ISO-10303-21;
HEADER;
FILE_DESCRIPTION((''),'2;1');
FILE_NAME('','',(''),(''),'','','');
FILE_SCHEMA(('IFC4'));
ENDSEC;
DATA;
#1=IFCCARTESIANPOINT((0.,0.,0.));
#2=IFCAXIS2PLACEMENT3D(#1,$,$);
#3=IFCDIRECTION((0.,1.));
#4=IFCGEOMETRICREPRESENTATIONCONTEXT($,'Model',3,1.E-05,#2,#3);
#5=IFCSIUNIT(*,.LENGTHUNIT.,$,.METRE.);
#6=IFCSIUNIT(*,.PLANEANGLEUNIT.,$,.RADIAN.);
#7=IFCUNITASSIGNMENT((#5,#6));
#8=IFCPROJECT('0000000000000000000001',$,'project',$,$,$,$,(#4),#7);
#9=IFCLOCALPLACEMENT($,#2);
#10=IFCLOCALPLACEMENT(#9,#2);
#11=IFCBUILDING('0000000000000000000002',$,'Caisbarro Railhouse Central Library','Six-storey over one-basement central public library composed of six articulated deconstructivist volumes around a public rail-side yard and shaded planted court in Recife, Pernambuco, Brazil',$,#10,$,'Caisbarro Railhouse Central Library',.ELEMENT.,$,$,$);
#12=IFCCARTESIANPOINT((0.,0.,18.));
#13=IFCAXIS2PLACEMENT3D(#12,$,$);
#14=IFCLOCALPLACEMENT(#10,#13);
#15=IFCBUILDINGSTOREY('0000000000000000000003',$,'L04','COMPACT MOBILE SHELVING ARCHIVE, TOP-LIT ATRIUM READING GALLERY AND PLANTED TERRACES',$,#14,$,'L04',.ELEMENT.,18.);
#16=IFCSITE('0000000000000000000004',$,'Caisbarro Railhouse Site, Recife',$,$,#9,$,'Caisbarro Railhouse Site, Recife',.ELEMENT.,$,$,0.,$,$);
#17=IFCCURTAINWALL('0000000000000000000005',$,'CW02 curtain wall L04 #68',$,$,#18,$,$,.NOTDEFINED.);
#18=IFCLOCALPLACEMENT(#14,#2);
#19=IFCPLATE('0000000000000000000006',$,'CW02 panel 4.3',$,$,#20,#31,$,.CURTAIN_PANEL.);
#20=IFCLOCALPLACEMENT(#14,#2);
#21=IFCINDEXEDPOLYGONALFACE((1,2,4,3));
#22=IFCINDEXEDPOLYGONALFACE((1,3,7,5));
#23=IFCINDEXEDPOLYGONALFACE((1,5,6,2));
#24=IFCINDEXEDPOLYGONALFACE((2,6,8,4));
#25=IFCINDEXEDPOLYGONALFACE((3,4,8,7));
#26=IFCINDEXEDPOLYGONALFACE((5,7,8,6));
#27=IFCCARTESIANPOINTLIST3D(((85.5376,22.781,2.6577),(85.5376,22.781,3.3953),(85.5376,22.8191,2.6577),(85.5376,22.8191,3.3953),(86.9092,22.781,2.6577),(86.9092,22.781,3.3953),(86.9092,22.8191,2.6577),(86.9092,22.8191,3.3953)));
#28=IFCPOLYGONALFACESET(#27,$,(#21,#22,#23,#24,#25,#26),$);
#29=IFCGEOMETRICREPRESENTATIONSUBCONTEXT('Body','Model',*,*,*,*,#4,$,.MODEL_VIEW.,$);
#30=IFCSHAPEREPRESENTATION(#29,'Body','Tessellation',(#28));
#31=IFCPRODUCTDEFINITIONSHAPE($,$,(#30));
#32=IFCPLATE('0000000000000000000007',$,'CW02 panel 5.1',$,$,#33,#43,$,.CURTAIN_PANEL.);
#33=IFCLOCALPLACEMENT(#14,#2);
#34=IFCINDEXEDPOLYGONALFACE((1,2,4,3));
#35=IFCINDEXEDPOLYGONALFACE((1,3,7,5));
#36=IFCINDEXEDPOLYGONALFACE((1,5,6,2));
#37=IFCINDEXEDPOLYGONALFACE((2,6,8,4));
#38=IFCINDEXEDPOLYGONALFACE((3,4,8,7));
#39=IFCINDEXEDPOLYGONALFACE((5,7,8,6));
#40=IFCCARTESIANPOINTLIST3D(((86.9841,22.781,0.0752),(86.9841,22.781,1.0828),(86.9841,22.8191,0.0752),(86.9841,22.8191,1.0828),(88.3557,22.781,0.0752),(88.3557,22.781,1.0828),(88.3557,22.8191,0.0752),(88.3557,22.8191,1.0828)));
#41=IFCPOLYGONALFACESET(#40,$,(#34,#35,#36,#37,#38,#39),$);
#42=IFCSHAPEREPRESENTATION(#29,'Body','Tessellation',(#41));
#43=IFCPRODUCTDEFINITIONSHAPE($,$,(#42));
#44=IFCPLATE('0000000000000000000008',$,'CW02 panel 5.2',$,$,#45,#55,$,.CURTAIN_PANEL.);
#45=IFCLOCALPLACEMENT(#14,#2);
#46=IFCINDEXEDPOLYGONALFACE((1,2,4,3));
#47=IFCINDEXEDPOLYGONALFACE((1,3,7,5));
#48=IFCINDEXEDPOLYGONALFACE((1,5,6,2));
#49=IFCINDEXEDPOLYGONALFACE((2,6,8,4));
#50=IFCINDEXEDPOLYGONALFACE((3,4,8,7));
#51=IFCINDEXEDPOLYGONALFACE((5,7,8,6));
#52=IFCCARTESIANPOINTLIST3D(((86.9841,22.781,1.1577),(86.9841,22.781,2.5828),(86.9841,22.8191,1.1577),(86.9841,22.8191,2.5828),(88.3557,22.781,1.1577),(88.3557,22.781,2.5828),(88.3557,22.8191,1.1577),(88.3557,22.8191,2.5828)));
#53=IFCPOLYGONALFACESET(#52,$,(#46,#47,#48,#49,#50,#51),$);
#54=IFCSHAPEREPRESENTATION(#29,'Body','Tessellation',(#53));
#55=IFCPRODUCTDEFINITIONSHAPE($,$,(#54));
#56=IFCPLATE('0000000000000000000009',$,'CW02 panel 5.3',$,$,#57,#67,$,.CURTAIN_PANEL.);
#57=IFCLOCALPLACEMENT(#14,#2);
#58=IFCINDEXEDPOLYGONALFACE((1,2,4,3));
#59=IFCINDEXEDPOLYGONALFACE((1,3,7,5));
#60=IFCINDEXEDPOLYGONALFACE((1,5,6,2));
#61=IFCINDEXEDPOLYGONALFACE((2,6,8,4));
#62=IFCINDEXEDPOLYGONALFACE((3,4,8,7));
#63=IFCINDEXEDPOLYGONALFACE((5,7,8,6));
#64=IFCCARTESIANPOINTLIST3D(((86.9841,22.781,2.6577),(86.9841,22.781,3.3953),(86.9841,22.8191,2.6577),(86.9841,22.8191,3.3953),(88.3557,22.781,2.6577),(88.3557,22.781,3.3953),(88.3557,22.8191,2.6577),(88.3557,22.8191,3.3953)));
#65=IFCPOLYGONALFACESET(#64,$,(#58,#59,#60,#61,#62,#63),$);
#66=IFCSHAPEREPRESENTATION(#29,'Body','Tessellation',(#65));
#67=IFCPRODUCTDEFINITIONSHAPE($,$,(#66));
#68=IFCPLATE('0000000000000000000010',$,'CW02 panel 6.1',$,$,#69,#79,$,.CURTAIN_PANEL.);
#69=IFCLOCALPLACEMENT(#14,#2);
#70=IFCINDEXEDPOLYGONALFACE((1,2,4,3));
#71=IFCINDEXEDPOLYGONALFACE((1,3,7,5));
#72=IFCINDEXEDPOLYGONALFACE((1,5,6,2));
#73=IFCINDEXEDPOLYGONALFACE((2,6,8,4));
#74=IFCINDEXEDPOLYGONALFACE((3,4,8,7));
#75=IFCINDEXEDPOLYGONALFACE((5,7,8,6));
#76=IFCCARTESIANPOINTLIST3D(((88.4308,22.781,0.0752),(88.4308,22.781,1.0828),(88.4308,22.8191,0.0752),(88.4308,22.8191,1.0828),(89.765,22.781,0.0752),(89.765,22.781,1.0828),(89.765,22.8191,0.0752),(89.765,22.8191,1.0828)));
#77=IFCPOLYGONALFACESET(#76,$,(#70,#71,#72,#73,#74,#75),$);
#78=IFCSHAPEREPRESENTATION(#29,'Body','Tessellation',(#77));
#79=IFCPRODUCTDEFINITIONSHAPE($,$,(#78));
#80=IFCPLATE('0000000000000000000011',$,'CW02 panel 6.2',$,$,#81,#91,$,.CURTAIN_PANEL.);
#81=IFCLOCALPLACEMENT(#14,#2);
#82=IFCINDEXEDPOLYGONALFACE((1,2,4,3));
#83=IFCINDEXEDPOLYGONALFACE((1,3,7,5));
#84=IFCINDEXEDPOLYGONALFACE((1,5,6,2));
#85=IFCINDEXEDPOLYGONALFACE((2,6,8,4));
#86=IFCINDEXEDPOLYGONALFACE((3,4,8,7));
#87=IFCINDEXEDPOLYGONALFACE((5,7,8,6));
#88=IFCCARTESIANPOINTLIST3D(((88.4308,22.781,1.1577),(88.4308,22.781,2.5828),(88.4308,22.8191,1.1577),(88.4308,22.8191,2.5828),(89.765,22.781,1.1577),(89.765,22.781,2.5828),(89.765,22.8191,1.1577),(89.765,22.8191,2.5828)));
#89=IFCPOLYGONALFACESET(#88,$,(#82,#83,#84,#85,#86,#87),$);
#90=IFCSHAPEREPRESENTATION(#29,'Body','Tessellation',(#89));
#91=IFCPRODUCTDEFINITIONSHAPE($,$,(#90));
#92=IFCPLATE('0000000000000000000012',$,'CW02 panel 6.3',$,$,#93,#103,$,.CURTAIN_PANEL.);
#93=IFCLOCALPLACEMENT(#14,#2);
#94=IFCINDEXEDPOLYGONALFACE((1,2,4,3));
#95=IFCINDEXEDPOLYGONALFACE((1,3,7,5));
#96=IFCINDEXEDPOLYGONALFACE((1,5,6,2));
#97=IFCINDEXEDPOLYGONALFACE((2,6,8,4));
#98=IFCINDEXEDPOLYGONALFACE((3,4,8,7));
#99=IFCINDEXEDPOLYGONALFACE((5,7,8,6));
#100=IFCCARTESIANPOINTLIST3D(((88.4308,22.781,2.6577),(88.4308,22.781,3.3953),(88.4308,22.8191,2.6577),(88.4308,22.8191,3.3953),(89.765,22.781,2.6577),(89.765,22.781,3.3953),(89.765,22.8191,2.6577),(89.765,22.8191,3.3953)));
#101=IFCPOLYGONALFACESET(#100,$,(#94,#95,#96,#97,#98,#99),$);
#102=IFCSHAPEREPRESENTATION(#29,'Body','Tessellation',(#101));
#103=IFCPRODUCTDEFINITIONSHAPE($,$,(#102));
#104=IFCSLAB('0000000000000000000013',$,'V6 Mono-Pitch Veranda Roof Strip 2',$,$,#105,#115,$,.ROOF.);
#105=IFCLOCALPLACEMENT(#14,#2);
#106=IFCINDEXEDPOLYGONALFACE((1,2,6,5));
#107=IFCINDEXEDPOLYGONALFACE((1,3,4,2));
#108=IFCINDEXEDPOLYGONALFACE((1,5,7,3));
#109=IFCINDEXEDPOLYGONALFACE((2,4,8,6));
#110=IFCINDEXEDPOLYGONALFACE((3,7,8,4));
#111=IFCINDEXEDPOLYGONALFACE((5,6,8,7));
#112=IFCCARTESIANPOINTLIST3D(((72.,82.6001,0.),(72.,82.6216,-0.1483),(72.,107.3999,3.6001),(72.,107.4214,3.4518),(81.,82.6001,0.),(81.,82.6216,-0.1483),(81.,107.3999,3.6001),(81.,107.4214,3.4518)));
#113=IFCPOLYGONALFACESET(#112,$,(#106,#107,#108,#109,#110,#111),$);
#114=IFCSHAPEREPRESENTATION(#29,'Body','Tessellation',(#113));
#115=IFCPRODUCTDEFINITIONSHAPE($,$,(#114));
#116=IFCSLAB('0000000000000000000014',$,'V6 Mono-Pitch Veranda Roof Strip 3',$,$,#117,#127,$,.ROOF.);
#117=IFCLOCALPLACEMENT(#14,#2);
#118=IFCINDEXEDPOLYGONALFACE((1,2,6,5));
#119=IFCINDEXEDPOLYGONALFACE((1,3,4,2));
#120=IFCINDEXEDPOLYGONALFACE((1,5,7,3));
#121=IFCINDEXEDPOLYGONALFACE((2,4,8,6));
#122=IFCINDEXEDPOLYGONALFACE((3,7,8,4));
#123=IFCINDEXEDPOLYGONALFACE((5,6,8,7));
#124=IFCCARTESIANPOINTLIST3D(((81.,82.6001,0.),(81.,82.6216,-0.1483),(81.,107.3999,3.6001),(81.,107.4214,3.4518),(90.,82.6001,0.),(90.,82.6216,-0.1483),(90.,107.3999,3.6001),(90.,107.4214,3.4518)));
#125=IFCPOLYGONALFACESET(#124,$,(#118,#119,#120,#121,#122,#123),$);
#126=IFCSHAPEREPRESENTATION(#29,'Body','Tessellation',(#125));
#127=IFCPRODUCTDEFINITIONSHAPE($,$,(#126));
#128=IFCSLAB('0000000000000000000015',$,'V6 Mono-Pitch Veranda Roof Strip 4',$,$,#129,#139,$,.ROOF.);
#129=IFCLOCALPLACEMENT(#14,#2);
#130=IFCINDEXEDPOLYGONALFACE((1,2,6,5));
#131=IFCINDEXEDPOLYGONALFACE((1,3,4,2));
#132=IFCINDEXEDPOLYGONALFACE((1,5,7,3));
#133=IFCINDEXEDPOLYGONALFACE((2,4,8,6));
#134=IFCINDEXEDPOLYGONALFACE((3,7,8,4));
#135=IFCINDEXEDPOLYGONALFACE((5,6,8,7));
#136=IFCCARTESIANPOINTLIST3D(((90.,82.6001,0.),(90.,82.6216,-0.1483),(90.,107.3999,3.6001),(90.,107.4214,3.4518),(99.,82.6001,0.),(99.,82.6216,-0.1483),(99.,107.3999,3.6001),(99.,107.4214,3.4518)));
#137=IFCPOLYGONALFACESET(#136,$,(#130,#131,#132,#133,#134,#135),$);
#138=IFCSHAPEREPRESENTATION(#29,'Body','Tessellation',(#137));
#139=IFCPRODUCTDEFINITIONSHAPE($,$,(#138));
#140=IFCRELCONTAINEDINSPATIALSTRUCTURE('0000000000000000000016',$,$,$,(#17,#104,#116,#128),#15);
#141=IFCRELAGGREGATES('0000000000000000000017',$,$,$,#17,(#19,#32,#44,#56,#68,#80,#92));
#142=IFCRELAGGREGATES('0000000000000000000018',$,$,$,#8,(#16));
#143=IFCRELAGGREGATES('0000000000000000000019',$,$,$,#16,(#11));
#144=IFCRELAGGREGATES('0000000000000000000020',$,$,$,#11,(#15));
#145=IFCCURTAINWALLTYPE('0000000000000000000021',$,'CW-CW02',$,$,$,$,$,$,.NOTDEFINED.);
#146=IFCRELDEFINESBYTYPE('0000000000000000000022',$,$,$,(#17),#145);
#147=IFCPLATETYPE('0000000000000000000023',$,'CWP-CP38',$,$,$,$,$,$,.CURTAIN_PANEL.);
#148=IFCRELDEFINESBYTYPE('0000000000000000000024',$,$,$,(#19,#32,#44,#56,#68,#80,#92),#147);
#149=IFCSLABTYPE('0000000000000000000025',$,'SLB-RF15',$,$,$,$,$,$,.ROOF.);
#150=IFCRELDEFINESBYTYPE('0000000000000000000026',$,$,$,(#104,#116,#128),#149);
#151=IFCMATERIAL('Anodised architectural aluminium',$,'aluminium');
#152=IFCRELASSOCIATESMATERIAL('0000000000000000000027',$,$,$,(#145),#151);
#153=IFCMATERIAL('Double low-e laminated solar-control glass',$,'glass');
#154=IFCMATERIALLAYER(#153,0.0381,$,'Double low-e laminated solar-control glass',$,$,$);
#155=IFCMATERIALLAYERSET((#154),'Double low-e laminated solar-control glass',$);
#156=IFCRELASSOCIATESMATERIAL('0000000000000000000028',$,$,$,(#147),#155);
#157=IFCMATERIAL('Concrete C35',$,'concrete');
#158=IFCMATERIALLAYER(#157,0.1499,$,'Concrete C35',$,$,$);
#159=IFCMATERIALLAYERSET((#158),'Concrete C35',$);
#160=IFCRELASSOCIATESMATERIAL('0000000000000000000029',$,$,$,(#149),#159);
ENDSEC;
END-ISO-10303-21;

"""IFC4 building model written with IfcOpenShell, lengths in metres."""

from ifc_helpers import new_model, si_unit, direction, frame, origin, origin_2d, place, context, subcontext, project, spatial, polyline, rectangle, outline, extrude, material, layer, layer_set, type_object, element, aggregate, save


model = new_model("IFC4")

# Units and contexts
model_context = context("Model", 3, precision=1e-05, world=origin(), true_north=direction((0.0, 1.0)))
body_context = subcontext(model_context, "Body", "Model", "MODEL_VIEW")
ifc_project = project(units=[si_unit("LENGTHUNIT", "METRE"), si_unit("PLANEANGLEUNIT", "RADIAN")], contexts=[model_context])

# Site, building, storey
site_placement = place(None, origin())
site = spatial("IfcSite", under=ifc_project, at=site_placement, Name="Caisbarro Railhouse Site, Recife", LongName="Caisbarro Railhouse Site, Recife", CompositionType="ELEMENT", RefElevation=0.0)
building_placement = place(site_placement, origin())
building = spatial("IfcBuilding", under=site, at=building_placement, Name="Caisbarro Railhouse Central Library", Description="Six-storey over one-basement central public library composed of six articulated deconstructivist volumes around a public rail-side yard and shaded planted court in Recife, Pernambuco, Brazil", LongName="Caisbarro Railhouse Central Library", CompositionType="ELEMENT")
storey_placement = place(building_placement, frame((0.0, 0.0, 18.0)))
storey = spatial("IfcBuildingStorey", under=building, at=storey_placement, Name="L04", Description="COMPACT MOBILE SHELVING ARCHIVE, TOP-LIT ATRIUM READING GALLERY AND PLANTED TERRACES", LongName="L04", CompositionType="ELEMENT", Elevation=18.0)

# Curtain wall, plates
ifc_material_1 = material(Name="Anodised architectural aluminium", Category="aluminium")
curtain_wall_type = type_object("IfcCurtainWallType", Name="CW-CW02", PredefinedType="NOTDEFINED", material=ifc_material_1)
curtain_wall_placement = place(storey_placement, origin())
curtain_wall = element("IfcCurtainWall", 1, at=curtain_wall_placement, inside=storey, type_object=curtain_wall_type, Name="CW02 curtain wall L04 #68", PredefinedType="NOTDEFINED")
ifc_material_2 = material(Name="Double low-e laminated solar-control glass", Category="glass")
ifc_layer_1 = layer(ifc_material_2, 0.0381, Name="Double low-e laminated solar-control glass")
ifc_layer_set_1 = layer_set([ifc_layer_1], Name="Double low-e laminated solar-control glass")
plate_type = type_object("IfcPlateType", Name="CWP-CP38", PredefinedType="CURTAIN_PANEL", material=ifc_layer_set_1)
plate_1_placement = place(storey_placement, frame((86.2234, 22.8, 2.6577), z_axis=(0.0, 0.0, 1.0), x_axis=(1.0, 0.0, 0.0)))
plate_1 = element("IfcPlate", 2, at=plate_1_placement, type_object=plate_type, Name="CW02 panel 4.3", PredefinedType="CURTAIN_PANEL", context=body_context, shape_type="SweptSolid", body=[
    extrude(rectangle(XDim=1.3716, YDim=0.0381, at=origin_2d()), origin(), (0.0, 0.0, 1.0), 0.7375),
])
plate_2_placement = place(storey_placement, frame((87.6699, 22.8, 0.0752), z_axis=(0.0, 0.0, 1.0), x_axis=(1.0, 0.0, 0.0)))
plate_2 = element("IfcPlate", 3, at=plate_2_placement, type_object=plate_type, Name="CW02 panel 5.1", PredefinedType="CURTAIN_PANEL", context=body_context, shape_type="SweptSolid", body=[
    extrude(rectangle(XDim=1.3716, YDim=0.0381, at=origin_2d()), origin(), (0.0, 0.0, 1.0), 1.0076),
])
plate_3_placement = place(storey_placement, frame((87.6699, 22.8, 1.1577), z_axis=(0.0, 0.0, 1.0), x_axis=(1.0, 0.0, 0.0)))
plate_3 = element("IfcPlate", 4, at=plate_3_placement, type_object=plate_type, Name="CW02 panel 5.2", PredefinedType="CURTAIN_PANEL", context=body_context, shape_type="SweptSolid", body=[
    extrude(rectangle(XDim=1.3716, YDim=0.0381, at=origin_2d()), origin(), (0.0, 0.0, 1.0), 1.425),
])
plate_4_placement = place(storey_placement, frame((87.6699, 22.8, 2.6577), z_axis=(0.0, 0.0, 1.0), x_axis=(1.0, 0.0, 0.0)))
plate_4 = element("IfcPlate", 5, at=plate_4_placement, type_object=plate_type, Name="CW02 panel 5.3", PredefinedType="CURTAIN_PANEL", context=body_context, shape_type="SweptSolid", body=[
    extrude(rectangle(XDim=1.3716, YDim=0.0381, at=origin_2d()), origin(), (0.0, 0.0, 1.0), 0.7375),
])
plate_5_placement = place(storey_placement, frame((89.0979, 22.8, 0.0752), z_axis=(0.0, 0.0, 1.0), x_axis=(1.0, 0.0, 0.0)))
plate_5 = element("IfcPlate", 6, at=plate_5_placement, type_object=plate_type, Name="CW02 panel 6.1", PredefinedType="CURTAIN_PANEL", context=body_context, shape_type="SweptSolid", body=[
    extrude(rectangle(XDim=1.3342, YDim=0.0381, at=origin_2d()), origin(), (0.0, 0.0, 1.0), 1.0076),
])
plate_6_placement = place(storey_placement, frame((89.0979, 22.8, 1.1577), z_axis=(0.0, 0.0, 1.0), x_axis=(1.0, 0.0, 0.0)))
plate_6 = element("IfcPlate", 7, at=plate_6_placement, type_object=plate_type, Name="CW02 panel 6.2", PredefinedType="CURTAIN_PANEL", context=body_context, shape_type="SweptSolid", body=[
    extrude(rectangle(XDim=1.3342, YDim=0.0381, at=origin_2d()), origin(), (0.0, 0.0, 1.0), 1.425),
])
plate_7_placement = place(storey_placement, frame((89.0979, 22.8, 2.6577), z_axis=(0.0, 0.0, 1.0), x_axis=(1.0, 0.0, 0.0)))
plate_7 = element("IfcPlate", 8, at=plate_7_placement, type_object=plate_type, Name="CW02 panel 6.3", PredefinedType="CURTAIN_PANEL", context=body_context, shape_type="SweptSolid", body=[
    extrude(rectangle(XDim=1.3342, YDim=0.0381, at=origin_2d()), origin(), (0.0, 0.0, 1.0), 0.7375),
])
aggregate(curtain_wall, [plate_1, plate_2, plate_3, plate_4, plate_5, plate_6, plate_7])

# Slabs
ifc_material_3 = material(Name="Concrete C35", Category="concrete")
ifc_layer_2 = layer(ifc_material_3, 0.1499, Name="Concrete C35")
ifc_layer_set_2 = layer_set([ifc_layer_2], Name="Concrete C35")
slab_type = type_object("IfcSlabType", Name="SLB-RF15", PredefinedType="ROOF", material=ifc_layer_set_2)
for number, where, z_axis, x_axis, name in (
    (9, (72.0, 82.6001, 0.0), (0.0, -0.143661, 0.989627), (1.0, 0.0, 0.0), "V6 Mono-Pitch Veranda Roof Strip 2"),
    (10, (81.0, 82.6001, 0.0), (0.0, -0.143661, 0.989627), (1.0, 0.0, 0.0), "V6 Mono-Pitch Veranda Roof Strip 3"),
    (11, (90.0, 82.6001, 0.0), (0.0, -0.143661, 0.989627), (1.0, 0.0, 0.0), "V6 Mono-Pitch Veranda Roof Strip 4"),
):
    element("IfcSlab", number, at=place(storey_placement, frame(where, z_axis=z_axis, x_axis=x_axis)), inside=storey, type_object=slab_type, Name=name, PredefinedType="ROOF", context=body_context, shape_type="SweptSolid", body=[
        extrude(outline(polyline([(0.0, 0.0), (9.0, 0.0), (9.0, 25.0597), (0.0, 25.0597), (0.0, 0.0)])), origin(), (0.0, 0.0, -1.0), 0.1499),
    ])

save(model, "model.ifc")
